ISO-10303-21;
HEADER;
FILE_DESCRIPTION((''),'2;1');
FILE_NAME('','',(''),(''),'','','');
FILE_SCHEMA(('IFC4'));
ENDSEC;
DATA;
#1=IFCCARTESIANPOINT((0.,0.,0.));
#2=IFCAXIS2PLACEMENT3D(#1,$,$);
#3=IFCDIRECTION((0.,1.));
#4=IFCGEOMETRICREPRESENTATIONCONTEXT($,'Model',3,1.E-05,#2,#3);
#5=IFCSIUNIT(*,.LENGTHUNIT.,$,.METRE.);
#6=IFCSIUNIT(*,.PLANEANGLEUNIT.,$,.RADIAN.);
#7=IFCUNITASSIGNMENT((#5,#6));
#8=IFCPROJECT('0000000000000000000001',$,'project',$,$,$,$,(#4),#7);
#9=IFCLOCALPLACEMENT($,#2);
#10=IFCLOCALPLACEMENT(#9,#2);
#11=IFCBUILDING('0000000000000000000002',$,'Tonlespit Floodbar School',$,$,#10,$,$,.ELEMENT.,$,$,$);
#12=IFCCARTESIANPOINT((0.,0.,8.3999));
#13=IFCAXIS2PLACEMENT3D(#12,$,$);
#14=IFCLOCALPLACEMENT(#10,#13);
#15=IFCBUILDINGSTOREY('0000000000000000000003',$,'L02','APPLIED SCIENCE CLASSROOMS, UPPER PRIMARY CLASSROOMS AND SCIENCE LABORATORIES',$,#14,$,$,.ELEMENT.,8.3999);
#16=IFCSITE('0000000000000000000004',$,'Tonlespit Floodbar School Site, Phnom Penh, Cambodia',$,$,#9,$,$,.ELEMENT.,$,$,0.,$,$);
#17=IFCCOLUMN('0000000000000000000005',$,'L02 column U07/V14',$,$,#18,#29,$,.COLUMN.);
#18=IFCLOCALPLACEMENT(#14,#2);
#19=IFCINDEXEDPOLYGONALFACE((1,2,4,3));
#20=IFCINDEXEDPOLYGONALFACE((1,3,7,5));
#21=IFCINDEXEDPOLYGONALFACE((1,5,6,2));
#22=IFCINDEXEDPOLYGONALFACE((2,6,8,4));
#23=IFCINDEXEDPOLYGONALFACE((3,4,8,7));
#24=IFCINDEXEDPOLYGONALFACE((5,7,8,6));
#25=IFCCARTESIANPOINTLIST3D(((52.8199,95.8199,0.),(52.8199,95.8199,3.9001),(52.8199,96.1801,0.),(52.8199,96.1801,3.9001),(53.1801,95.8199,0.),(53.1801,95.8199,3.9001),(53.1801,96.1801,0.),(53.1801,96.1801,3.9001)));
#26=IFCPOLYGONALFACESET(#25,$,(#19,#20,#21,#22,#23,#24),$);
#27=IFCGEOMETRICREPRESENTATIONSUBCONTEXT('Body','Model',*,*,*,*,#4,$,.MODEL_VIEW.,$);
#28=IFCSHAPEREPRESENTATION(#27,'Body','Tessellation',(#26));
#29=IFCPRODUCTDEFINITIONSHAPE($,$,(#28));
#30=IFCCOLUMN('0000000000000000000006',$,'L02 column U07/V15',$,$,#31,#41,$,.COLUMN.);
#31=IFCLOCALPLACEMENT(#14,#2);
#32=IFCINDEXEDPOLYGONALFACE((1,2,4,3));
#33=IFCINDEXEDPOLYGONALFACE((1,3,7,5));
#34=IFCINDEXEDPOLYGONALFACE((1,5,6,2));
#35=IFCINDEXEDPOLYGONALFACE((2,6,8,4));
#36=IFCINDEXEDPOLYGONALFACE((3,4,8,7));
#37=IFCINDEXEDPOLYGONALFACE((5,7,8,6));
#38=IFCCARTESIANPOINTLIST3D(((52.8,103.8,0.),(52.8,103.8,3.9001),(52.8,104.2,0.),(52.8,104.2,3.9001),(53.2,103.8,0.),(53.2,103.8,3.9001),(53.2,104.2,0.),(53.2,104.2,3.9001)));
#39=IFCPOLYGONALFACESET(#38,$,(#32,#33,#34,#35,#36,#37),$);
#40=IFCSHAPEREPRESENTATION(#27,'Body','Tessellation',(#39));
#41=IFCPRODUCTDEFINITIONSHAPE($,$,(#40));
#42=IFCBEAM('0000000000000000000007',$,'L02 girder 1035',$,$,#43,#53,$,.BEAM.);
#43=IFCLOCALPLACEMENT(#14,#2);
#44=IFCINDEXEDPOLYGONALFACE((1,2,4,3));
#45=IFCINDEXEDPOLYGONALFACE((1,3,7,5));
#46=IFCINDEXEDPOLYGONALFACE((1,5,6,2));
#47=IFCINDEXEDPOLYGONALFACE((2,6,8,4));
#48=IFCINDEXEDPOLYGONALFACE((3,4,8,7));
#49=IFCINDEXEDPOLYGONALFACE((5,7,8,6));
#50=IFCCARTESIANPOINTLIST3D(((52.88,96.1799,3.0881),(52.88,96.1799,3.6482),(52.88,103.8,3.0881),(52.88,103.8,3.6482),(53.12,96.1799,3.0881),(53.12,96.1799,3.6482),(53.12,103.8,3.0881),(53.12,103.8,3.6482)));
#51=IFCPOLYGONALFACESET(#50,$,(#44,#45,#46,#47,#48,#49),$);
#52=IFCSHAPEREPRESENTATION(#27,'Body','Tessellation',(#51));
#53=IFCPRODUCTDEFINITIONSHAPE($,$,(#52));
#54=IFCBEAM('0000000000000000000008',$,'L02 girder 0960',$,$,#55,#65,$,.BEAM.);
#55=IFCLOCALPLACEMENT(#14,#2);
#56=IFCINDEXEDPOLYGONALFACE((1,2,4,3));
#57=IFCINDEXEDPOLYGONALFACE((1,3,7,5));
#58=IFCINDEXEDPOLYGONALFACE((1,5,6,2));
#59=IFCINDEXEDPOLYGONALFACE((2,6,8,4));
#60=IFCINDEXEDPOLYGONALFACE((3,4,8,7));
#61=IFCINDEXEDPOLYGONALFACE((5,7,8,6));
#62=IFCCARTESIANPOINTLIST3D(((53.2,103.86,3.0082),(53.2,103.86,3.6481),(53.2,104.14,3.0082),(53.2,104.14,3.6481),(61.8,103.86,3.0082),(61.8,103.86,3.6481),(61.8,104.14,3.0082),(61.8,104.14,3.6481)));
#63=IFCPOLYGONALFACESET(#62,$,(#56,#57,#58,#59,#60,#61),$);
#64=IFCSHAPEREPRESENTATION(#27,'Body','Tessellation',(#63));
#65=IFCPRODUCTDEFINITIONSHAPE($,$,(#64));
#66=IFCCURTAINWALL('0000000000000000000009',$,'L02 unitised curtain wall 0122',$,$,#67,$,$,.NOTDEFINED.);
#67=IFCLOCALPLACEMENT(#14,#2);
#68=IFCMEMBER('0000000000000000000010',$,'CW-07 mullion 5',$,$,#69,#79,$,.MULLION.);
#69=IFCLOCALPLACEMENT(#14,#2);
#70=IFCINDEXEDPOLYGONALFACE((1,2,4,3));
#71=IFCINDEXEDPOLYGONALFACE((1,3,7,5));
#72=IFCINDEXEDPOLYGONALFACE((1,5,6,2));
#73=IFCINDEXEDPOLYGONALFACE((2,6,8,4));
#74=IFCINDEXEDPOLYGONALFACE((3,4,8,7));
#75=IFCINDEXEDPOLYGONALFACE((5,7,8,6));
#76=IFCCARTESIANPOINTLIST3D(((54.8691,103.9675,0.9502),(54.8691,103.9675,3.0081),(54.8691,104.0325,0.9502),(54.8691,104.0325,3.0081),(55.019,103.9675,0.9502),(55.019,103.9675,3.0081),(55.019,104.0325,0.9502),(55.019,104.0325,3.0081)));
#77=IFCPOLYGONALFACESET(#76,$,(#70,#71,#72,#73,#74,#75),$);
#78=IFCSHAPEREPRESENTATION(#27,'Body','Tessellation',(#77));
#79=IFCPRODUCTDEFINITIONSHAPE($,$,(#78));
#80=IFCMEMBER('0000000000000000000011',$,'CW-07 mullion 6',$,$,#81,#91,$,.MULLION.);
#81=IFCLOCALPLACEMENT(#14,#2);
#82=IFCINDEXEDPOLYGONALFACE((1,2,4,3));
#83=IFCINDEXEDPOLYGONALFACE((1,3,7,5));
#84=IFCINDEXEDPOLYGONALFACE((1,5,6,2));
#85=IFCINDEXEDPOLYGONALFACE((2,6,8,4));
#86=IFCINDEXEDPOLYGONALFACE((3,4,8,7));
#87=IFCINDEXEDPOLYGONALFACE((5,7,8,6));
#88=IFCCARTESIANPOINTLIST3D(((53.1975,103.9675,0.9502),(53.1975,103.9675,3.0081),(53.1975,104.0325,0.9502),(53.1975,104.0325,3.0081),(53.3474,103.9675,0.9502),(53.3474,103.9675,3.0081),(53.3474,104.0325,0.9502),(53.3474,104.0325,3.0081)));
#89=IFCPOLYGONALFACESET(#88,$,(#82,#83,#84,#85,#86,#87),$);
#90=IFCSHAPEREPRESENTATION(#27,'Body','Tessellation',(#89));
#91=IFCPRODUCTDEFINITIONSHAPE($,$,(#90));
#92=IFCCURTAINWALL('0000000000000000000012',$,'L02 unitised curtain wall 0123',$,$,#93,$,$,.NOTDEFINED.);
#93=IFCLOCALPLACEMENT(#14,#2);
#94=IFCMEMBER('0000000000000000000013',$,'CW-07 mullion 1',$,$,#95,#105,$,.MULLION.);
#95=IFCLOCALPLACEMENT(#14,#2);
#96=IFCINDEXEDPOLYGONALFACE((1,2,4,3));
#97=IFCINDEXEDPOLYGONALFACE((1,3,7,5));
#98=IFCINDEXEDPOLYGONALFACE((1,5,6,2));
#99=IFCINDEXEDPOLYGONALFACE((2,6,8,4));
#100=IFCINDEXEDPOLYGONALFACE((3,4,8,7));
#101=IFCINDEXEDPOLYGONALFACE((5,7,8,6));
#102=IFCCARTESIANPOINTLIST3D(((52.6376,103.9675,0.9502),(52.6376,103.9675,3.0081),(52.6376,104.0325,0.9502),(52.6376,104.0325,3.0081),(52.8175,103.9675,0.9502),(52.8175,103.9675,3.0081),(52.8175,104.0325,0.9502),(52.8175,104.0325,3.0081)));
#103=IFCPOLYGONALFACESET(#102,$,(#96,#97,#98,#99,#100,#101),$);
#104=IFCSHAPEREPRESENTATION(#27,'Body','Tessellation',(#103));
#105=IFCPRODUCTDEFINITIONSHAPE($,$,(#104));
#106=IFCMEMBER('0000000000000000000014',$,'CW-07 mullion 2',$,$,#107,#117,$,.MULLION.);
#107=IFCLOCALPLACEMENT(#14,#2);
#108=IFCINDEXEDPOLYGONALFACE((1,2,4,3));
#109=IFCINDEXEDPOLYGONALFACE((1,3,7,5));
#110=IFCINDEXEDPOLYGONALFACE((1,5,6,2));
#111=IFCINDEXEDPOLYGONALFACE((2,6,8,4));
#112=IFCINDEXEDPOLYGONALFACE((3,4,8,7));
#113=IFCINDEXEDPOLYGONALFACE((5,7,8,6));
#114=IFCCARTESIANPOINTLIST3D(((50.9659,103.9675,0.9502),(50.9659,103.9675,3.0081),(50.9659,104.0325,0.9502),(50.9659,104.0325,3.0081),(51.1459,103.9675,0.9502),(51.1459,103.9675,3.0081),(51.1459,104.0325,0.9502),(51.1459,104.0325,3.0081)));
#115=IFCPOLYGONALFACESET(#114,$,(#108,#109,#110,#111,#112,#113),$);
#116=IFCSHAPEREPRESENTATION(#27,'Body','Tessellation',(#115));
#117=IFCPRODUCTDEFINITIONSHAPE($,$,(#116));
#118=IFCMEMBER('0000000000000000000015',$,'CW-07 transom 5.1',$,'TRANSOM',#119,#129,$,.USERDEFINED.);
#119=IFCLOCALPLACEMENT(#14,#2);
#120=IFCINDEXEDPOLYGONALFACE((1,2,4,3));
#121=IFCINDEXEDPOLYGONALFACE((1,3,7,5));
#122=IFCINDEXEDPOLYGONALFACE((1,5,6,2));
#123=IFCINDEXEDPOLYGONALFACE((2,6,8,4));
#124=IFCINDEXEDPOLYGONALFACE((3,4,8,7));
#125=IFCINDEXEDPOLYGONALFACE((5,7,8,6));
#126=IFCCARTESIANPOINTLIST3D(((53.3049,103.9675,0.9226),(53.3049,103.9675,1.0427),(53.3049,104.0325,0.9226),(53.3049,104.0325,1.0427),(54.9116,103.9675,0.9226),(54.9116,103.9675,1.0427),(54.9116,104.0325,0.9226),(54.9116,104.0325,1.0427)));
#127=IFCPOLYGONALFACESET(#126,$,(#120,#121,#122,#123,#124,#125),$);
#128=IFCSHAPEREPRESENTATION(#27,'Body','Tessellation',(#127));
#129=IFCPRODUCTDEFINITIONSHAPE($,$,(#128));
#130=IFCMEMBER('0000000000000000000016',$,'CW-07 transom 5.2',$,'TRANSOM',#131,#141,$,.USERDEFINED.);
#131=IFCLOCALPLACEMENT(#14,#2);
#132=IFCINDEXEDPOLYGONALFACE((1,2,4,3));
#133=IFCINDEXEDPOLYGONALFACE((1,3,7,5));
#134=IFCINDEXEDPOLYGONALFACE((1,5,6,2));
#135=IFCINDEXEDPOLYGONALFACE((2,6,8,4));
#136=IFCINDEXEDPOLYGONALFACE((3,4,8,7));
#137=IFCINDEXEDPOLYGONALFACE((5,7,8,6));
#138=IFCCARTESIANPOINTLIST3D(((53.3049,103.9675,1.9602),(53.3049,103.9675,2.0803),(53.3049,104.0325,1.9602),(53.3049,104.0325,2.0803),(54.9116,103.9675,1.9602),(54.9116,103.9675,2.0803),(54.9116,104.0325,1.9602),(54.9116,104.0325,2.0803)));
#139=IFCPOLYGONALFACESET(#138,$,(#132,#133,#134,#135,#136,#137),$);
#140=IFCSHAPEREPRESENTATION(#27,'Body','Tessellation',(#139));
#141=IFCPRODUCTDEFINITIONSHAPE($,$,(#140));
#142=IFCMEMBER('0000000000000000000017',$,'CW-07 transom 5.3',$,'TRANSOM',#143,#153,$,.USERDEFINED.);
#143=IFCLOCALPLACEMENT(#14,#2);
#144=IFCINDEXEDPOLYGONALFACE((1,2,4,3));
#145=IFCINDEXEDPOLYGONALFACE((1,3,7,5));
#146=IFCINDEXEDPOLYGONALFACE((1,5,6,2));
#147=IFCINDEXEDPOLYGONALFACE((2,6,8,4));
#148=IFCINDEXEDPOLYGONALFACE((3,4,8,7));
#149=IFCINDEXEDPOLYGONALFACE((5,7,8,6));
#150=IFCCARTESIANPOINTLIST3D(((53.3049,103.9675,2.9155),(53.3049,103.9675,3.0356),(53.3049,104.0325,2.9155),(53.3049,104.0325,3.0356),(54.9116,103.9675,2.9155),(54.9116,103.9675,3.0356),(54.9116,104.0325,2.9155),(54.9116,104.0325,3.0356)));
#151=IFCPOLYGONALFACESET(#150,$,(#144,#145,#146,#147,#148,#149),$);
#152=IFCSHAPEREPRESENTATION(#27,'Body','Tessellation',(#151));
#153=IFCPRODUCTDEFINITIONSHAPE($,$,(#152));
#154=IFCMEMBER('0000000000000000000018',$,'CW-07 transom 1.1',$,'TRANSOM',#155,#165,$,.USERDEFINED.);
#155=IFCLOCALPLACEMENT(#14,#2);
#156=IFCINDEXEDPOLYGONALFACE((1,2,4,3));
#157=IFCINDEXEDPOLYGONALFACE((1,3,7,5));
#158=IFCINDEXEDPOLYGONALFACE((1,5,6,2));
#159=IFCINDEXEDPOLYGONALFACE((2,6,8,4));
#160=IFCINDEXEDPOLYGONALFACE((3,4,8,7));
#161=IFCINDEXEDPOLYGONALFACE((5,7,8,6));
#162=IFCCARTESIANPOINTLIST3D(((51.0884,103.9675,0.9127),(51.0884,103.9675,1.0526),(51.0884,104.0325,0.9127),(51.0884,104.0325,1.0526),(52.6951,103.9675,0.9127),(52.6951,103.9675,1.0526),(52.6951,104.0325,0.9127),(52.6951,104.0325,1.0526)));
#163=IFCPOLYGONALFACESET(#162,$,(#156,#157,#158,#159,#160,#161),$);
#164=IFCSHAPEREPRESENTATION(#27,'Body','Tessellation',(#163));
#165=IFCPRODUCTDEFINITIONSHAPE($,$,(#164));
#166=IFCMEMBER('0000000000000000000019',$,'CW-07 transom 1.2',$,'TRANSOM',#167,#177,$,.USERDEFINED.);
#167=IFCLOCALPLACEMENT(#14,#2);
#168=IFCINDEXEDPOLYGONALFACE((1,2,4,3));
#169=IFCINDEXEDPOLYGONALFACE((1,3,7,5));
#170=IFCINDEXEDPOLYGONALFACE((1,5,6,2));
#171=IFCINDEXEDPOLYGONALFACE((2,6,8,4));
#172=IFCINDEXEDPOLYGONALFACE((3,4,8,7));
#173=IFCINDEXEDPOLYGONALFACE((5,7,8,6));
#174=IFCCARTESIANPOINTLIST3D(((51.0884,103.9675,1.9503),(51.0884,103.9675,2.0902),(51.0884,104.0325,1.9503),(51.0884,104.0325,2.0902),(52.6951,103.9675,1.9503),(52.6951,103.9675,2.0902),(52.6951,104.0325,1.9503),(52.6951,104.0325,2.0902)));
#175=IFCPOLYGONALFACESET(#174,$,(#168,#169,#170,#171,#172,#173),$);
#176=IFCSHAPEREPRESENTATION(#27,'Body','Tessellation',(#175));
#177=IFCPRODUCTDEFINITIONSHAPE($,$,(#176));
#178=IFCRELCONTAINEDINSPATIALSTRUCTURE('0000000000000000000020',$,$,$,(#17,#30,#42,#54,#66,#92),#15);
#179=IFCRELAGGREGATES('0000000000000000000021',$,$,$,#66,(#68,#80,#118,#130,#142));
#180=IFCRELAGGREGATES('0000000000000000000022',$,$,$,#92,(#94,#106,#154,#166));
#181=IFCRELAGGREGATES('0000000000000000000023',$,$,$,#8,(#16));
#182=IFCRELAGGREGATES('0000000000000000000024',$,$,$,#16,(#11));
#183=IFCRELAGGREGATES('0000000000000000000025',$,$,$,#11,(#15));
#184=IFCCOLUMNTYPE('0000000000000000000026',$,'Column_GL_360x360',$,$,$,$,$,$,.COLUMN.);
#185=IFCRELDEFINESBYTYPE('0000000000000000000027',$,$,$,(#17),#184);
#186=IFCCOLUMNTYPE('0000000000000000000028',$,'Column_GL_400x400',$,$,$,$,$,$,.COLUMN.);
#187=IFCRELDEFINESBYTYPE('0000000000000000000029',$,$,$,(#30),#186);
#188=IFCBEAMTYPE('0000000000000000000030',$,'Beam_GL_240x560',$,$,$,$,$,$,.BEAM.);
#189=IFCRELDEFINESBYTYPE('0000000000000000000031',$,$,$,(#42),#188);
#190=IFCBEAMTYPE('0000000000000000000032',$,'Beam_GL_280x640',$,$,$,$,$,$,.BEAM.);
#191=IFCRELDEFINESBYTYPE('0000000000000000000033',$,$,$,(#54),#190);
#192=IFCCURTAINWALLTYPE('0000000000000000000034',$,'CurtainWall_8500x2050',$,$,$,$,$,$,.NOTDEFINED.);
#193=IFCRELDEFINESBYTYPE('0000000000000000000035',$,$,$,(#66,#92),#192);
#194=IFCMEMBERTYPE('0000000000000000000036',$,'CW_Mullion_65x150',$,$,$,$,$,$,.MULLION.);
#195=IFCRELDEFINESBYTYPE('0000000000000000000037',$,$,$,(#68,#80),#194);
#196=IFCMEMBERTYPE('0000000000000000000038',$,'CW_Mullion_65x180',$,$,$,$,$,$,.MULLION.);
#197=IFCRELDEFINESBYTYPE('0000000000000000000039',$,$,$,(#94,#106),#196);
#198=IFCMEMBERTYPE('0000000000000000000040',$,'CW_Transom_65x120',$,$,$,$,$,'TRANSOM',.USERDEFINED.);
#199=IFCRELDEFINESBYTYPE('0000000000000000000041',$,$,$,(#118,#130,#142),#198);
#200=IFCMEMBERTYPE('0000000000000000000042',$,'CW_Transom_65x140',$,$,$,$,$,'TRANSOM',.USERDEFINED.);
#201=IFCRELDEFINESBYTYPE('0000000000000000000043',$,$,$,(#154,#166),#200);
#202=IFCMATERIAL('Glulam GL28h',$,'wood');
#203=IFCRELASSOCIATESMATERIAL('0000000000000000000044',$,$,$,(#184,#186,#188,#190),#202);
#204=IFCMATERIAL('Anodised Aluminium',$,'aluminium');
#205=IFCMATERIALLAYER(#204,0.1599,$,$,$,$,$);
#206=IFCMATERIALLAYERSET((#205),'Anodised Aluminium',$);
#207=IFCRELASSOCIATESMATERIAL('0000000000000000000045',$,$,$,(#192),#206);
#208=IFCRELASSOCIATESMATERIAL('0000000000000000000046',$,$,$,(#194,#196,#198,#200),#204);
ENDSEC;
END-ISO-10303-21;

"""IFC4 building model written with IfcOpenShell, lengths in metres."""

from ifc_helpers import new_model, si_unit, direction, frame, origin, origin_2d, place, context, subcontext, project, spatial, rectangle, extrude, material, layer, layer_set, material_profile, profile_set, type_object, element, aggregate, save


model = new_model("IFC4")

# Units and contexts
model_context = context("Model", 3, precision=1e-05, world=origin(), true_north=direction((0.0, 1.0)))
body_context = subcontext(model_context, "Body", "Model", "MODEL_VIEW")
ifc_project = project(units=[si_unit("LENGTHUNIT", "METRE"), si_unit("PLANEANGLEUNIT", "RADIAN")], contexts=[model_context])

# Site, building, storey
site_placement = place(None, origin())
site = spatial("IfcSite", under=ifc_project, at=site_placement, Name="Tonlespit Floodbar School Site, Phnom Penh, Cambodia", CompositionType="ELEMENT", RefElevation=0.0)
building_placement = place(site_placement, origin())
building = spatial("IfcBuilding", under=site, at=building_placement, Name="Tonlespit Floodbar School", CompositionType="ELEMENT")
storey_placement = place(building_placement, frame((0.0, 0.0, 8.3999)))
storey = spatial("IfcBuildingStorey", under=building, at=storey_placement, Name="L02", Description="APPLIED SCIENCE CLASSROOMS, UPPER PRIMARY CLASSROOMS AND SCIENCE LABORATORIES", CompositionType="ELEMENT", Elevation=8.3999)

# Columns
ifc_material_1 = material(Name="Glulam GL28h", Category="wood")
ifc_material_profile_1 = material_profile(ifc_material_1, rectangle(XDim=0.3601, YDim=0.3601, at=origin_2d()), Name="GL 360x360")
ifc_profile_set_1 = profile_set([ifc_material_profile_1], Name="Glulam GL28h")
column_type_1 = type_object("IfcColumnType", Name="Column_GL_360x360", PredefinedType="COLUMN", material=ifc_profile_set_1)
column_1_placement = place(storey_placement, frame((53.0, 96.0, 0.0), z_axis=(0.0, 0.0, 1.0), x_axis=(1.0, 0.0, 0.0)))
element("IfcColumn", 1, at=column_1_placement, inside=storey, type_object=column_type_1, Name="L02 column U07/V14", PredefinedType="COLUMN", context=body_context, shape_type="SweptSolid", body=[
    extrude(rectangle(XDim=0.3601, YDim=0.3601, at=origin_2d()), origin(), (0.0, 0.0, 1.0), 3.9001),
])
ifc_material_profile_2 = material_profile(ifc_material_1, rectangle(XDim=0.3999, YDim=0.3999, at=origin_2d()), Name="GL 400x400")
ifc_profile_set_2 = profile_set([ifc_material_profile_2], Name="Glulam GL28h")
column_type_2 = type_object("IfcColumnType", Name="Column_GL_400x400", PredefinedType="COLUMN", material=ifc_profile_set_2)
column_2_placement = place(storey_placement, frame((53.0, 104.0, 0.0), z_axis=(0.0, 0.0, 1.0), x_axis=(1.0, 0.0, 0.0)))
element("IfcColumn", 2, at=column_2_placement, inside=storey, type_object=column_type_2, Name="L02 column U07/V15", PredefinedType="COLUMN", context=body_context, shape_type="SweptSolid", body=[
    extrude(rectangle(XDim=0.3999, YDim=0.3999, at=origin_2d()), origin(), (0.0, 0.0, 1.0), 3.9001),
])

# Beams
ifc_material_profile_3 = material_profile(ifc_material_1, rectangle(XDim=0.24, YDim=0.5601, at=origin_2d()), Name="GL 240x560")
ifc_profile_set_3 = profile_set([ifc_material_profile_3], Name="Glulam GL28h")
beam_type_1 = type_object("IfcBeamType", Name="Beam_GL_240x560", PredefinedType="BEAM", material=ifc_profile_set_3)
beam_1_placement = place(storey_placement, frame((53.0, 96.1799, 3.3682), z_axis=(0.0, 1.0, 0.0), x_axis=(-1.0, 0.0, 0.0)))
element("IfcBeam", 3, at=beam_1_placement, inside=storey, type_object=beam_type_1, Name="L02 girder 1035", PredefinedType="BEAM", context=body_context, shape_type="SweptSolid", body=[
    extrude(rectangle(XDim=0.24, YDim=0.5601, at=origin_2d()), origin(), (0.0, 0.0, 1.0), 7.6201),
])
ifc_material_profile_4 = material_profile(ifc_material_1, rectangle(XDim=0.28, YDim=0.6399, at=origin_2d()), Name="GL 280x640")
ifc_profile_set_4 = profile_set([ifc_material_profile_4], Name="Glulam GL28h")
beam_type_2 = type_object("IfcBeamType", Name="Beam_GL_280x640", PredefinedType="BEAM", material=ifc_profile_set_4)
beam_2_placement = place(storey_placement, frame((53.2, 104.0, 3.3281), z_axis=(1.0, 0.0, 0.0), x_axis=(0.0, 1.0, 0.0)))
element("IfcBeam", 4, at=beam_2_placement, inside=storey, type_object=beam_type_2, Name="L02 girder 0960", PredefinedType="BEAM", context=body_context, shape_type="SweptSolid", body=[
    extrude(rectangle(XDim=0.28, YDim=0.6399, at=origin_2d()), origin(), (0.0, 0.0, 1.0), 8.6001),
])

# Curtain walls, members
ifc_material_2 = material(Name="Anodised Aluminium", Category="aluminium")
ifc_layer_1 = layer(ifc_material_2, 0.1599)
ifc_layer_set_1 = layer_set([ifc_layer_1], Name="Anodised Aluminium")
curtain_wall_type = type_object("IfcCurtainWallType", Name="CurtainWall_8500x2050", PredefinedType="NOTDEFINED", material=ifc_layer_set_1)
curtain_wall_1_placement = place(storey_placement, origin())
curtain_wall_1 = element("IfcCurtainWall", 5, at=curtain_wall_1_placement, inside=storey, type_object=curtain_wall_type, Name="L02 unitised curtain wall 0122", PredefinedType="NOTDEFINED")
ifc_material_profile_5 = material_profile(ifc_material_2, rectangle(XDim=0.0649, YDim=0.1499, at=origin_2d()), Name="ALU M65x150")
ifc_profile_set_5 = profile_set([ifc_material_profile_5], Name="Anodised Aluminium")
member_type_1 = type_object("IfcMemberType", Name="CW_Mullion_65x150", PredefinedType="MULLION", material=ifc_profile_set_5)
member_1_placement = place(storey_placement, frame((54.9441, 104.0, 0.9502), z_axis=(0.0, 0.0, 1.0), x_axis=(0.0, -1.0, 0.0)))
member_1 = element("IfcMember", 6, at=member_1_placement, type_object=member_type_1, Name="CW-07 mullion 5", PredefinedType="MULLION", context=body_context, shape_type="SweptSolid", body=[
    extrude(rectangle(XDim=0.0649, YDim=0.1499, at=origin_2d()), origin(), (0.0, 0.0, 1.0), 2.0579),
])
member_2_placement = place(storey_placement, frame((53.2725, 104.0, 0.9502), z_axis=(0.0, 0.0, 1.0), x_axis=(0.0, -1.0, 0.0)))
member_2 = element("IfcMember", 7, at=member_2_placement, type_object=member_type_1, Name="CW-07 mullion 6", PredefinedType="MULLION", context=body_context, shape_type="SweptSolid", body=[
    extrude(rectangle(XDim=0.0649, YDim=0.1499, at=origin_2d()), origin(), (0.0, 0.0, 1.0), 2.0579),
])
curtain_wall_2_placement = place(storey_placement, origin())
curtain_wall_2 = element("IfcCurtainWall", 8, at=curtain_wall_2_placement, inside=storey, type_object=curtain_wall_type, Name="L02 unitised curtain wall 0123", PredefinedType="NOTDEFINED")
ifc_material_profile_6 = material_profile(ifc_material_2, rectangle(XDim=0.0649, YDim=0.1799, at=origin_2d()), Name="ALU M65x180")
ifc_profile_set_6 = profile_set([ifc_material_profile_6], Name="Anodised Aluminium")
member_type_2 = type_object("IfcMemberType", Name="CW_Mullion_65x180", PredefinedType="MULLION", material=ifc_profile_set_6)
member_3_placement = place(storey_placement, frame((52.7275, 104.0, 0.9502), z_axis=(0.0, 0.0, 1.0), x_axis=(0.0, -1.0, 0.0)))
member_3 = element("IfcMember", 9, at=member_3_placement, type_object=member_type_2, Name="CW-07 mullion 1", PredefinedType="MULLION", context=body_context, shape_type="SweptSolid", body=[
    extrude(rectangle(XDim=0.0649, YDim=0.1799, at=origin_2d()), origin(), (0.0, 0.0, 1.0), 2.0579),
])
member_4_placement = place(storey_placement, frame((51.0559, 104.0, 0.9502), z_axis=(0.0, 0.0, 1.0), x_axis=(0.0, -1.0, 0.0)))
member_4 = element("IfcMember", 10, at=member_4_placement, type_object=member_type_2, Name="CW-07 mullion 2", PredefinedType="MULLION", context=body_context, shape_type="SweptSolid", body=[
    extrude(rectangle(XDim=0.0649, YDim=0.1799, at=origin_2d()), origin(), (0.0, 0.0, 1.0), 2.0579),
])

# Members
ifc_material_profile_7 = material_profile(ifc_material_2, rectangle(XDim=0.0649, YDim=0.1201, at=origin_2d()), Name="ALU T65x120")
ifc_profile_set_7 = profile_set([ifc_material_profile_7], Name="Anodised Aluminium")
member_type_3 = type_object("IfcMemberType", Name="CW_Transom_65x120", ElementType="TRANSOM", PredefinedType="USERDEFINED", material=ifc_profile_set_7)
member_5_placement = place(storey_placement, frame((54.9116, 104.0, 0.9827), z_axis=(-1.0, 0.0, 0.0), x_axis=(0.0, -1.0, 0.0)))
member_5 = element("IfcMember", 11, at=member_5_placement, type_object=member_type_3, Name="CW-07 transom 5.1", ObjectType="TRANSOM", PredefinedType="USERDEFINED", context=body_context, shape_type="SweptSolid", body=[
    extrude(rectangle(XDim=0.0649, YDim=0.1201, at=origin_2d()), origin(), (0.0, 0.0, 1.0), 1.6067),
])
member_6_placement = place(storey_placement, frame((54.9116, 104.0, 2.0203), z_axis=(-1.0, 0.0, 0.0), x_axis=(0.0, -1.0, 0.0)))
member_6 = element("IfcMember", 12, at=member_6_placement, type_object=member_type_3, Name="CW-07 transom 5.2", ObjectType="TRANSOM", PredefinedType="USERDEFINED", context=body_context, shape_type="SweptSolid", body=[
    extrude(rectangle(XDim=0.0649, YDim=0.1201, at=origin_2d()), origin(), (0.0, 0.0, 1.0), 1.6067),
])
member_7_placement = place(storey_placement, frame((54.9116, 104.0, 2.9756), z_axis=(-1.0, 0.0, 0.0), x_axis=(0.0, -1.0, 0.0)))
member_7 = element("IfcMember", 13, at=member_7_placement, type_object=member_type_3, Name="CW-07 transom 5.3", ObjectType="TRANSOM", PredefinedType="USERDEFINED", context=body_context, shape_type="SweptSolid", body=[
    extrude(rectangle(XDim=0.0649, YDim=0.1201, at=origin_2d()), origin(), (0.0, 0.0, 1.0), 1.6067),
])
ifc_material_profile_8 = material_profile(ifc_material_2, rectangle(XDim=0.0649, YDim=0.1399, at=origin_2d()), Name="ALU T65x140")
ifc_profile_set_8 = profile_set([ifc_material_profile_8], Name="Anodised Aluminium")
member_type_4 = type_object("IfcMemberType", Name="CW_Transom_65x140", ElementType="TRANSOM", PredefinedType="USERDEFINED", material=ifc_profile_set_8)
member_8_placement = place(storey_placement, frame((52.6951, 104.0, 0.9827), z_axis=(-1.0, 0.0, 0.0), x_axis=(0.0, -1.0, 0.0)))
member_8 = element("IfcMember", 14, at=member_8_placement, type_object=member_type_4, Name="CW-07 transom 1.1", ObjectType="TRANSOM", PredefinedType="USERDEFINED", context=body_context, shape_type="SweptSolid", body=[
    extrude(rectangle(XDim=0.0649, YDim=0.1399, at=origin_2d()), origin(), (0.0, 0.0, 1.0), 1.6067),
])
member_9_placement = place(storey_placement, frame((52.6951, 104.0, 2.0203), z_axis=(-1.0, 0.0, 0.0), x_axis=(0.0, -1.0, 0.0)))
member_9 = element("IfcMember", 15, at=member_9_placement, type_object=member_type_4, Name="CW-07 transom 1.2", ObjectType="TRANSOM", PredefinedType="USERDEFINED", context=body_context, shape_type="SweptSolid", body=[
    extrude(rectangle(XDim=0.0649, YDim=0.1399, at=origin_2d()), origin(), (0.0, 0.0, 1.0), 1.6067),
])

aggregate(curtain_wall_1, [member_1, member_2, member_5, member_6, member_7])
aggregate(curtain_wall_2, [member_3, member_4, member_8, member_9])

save(model, "model.ifc")
